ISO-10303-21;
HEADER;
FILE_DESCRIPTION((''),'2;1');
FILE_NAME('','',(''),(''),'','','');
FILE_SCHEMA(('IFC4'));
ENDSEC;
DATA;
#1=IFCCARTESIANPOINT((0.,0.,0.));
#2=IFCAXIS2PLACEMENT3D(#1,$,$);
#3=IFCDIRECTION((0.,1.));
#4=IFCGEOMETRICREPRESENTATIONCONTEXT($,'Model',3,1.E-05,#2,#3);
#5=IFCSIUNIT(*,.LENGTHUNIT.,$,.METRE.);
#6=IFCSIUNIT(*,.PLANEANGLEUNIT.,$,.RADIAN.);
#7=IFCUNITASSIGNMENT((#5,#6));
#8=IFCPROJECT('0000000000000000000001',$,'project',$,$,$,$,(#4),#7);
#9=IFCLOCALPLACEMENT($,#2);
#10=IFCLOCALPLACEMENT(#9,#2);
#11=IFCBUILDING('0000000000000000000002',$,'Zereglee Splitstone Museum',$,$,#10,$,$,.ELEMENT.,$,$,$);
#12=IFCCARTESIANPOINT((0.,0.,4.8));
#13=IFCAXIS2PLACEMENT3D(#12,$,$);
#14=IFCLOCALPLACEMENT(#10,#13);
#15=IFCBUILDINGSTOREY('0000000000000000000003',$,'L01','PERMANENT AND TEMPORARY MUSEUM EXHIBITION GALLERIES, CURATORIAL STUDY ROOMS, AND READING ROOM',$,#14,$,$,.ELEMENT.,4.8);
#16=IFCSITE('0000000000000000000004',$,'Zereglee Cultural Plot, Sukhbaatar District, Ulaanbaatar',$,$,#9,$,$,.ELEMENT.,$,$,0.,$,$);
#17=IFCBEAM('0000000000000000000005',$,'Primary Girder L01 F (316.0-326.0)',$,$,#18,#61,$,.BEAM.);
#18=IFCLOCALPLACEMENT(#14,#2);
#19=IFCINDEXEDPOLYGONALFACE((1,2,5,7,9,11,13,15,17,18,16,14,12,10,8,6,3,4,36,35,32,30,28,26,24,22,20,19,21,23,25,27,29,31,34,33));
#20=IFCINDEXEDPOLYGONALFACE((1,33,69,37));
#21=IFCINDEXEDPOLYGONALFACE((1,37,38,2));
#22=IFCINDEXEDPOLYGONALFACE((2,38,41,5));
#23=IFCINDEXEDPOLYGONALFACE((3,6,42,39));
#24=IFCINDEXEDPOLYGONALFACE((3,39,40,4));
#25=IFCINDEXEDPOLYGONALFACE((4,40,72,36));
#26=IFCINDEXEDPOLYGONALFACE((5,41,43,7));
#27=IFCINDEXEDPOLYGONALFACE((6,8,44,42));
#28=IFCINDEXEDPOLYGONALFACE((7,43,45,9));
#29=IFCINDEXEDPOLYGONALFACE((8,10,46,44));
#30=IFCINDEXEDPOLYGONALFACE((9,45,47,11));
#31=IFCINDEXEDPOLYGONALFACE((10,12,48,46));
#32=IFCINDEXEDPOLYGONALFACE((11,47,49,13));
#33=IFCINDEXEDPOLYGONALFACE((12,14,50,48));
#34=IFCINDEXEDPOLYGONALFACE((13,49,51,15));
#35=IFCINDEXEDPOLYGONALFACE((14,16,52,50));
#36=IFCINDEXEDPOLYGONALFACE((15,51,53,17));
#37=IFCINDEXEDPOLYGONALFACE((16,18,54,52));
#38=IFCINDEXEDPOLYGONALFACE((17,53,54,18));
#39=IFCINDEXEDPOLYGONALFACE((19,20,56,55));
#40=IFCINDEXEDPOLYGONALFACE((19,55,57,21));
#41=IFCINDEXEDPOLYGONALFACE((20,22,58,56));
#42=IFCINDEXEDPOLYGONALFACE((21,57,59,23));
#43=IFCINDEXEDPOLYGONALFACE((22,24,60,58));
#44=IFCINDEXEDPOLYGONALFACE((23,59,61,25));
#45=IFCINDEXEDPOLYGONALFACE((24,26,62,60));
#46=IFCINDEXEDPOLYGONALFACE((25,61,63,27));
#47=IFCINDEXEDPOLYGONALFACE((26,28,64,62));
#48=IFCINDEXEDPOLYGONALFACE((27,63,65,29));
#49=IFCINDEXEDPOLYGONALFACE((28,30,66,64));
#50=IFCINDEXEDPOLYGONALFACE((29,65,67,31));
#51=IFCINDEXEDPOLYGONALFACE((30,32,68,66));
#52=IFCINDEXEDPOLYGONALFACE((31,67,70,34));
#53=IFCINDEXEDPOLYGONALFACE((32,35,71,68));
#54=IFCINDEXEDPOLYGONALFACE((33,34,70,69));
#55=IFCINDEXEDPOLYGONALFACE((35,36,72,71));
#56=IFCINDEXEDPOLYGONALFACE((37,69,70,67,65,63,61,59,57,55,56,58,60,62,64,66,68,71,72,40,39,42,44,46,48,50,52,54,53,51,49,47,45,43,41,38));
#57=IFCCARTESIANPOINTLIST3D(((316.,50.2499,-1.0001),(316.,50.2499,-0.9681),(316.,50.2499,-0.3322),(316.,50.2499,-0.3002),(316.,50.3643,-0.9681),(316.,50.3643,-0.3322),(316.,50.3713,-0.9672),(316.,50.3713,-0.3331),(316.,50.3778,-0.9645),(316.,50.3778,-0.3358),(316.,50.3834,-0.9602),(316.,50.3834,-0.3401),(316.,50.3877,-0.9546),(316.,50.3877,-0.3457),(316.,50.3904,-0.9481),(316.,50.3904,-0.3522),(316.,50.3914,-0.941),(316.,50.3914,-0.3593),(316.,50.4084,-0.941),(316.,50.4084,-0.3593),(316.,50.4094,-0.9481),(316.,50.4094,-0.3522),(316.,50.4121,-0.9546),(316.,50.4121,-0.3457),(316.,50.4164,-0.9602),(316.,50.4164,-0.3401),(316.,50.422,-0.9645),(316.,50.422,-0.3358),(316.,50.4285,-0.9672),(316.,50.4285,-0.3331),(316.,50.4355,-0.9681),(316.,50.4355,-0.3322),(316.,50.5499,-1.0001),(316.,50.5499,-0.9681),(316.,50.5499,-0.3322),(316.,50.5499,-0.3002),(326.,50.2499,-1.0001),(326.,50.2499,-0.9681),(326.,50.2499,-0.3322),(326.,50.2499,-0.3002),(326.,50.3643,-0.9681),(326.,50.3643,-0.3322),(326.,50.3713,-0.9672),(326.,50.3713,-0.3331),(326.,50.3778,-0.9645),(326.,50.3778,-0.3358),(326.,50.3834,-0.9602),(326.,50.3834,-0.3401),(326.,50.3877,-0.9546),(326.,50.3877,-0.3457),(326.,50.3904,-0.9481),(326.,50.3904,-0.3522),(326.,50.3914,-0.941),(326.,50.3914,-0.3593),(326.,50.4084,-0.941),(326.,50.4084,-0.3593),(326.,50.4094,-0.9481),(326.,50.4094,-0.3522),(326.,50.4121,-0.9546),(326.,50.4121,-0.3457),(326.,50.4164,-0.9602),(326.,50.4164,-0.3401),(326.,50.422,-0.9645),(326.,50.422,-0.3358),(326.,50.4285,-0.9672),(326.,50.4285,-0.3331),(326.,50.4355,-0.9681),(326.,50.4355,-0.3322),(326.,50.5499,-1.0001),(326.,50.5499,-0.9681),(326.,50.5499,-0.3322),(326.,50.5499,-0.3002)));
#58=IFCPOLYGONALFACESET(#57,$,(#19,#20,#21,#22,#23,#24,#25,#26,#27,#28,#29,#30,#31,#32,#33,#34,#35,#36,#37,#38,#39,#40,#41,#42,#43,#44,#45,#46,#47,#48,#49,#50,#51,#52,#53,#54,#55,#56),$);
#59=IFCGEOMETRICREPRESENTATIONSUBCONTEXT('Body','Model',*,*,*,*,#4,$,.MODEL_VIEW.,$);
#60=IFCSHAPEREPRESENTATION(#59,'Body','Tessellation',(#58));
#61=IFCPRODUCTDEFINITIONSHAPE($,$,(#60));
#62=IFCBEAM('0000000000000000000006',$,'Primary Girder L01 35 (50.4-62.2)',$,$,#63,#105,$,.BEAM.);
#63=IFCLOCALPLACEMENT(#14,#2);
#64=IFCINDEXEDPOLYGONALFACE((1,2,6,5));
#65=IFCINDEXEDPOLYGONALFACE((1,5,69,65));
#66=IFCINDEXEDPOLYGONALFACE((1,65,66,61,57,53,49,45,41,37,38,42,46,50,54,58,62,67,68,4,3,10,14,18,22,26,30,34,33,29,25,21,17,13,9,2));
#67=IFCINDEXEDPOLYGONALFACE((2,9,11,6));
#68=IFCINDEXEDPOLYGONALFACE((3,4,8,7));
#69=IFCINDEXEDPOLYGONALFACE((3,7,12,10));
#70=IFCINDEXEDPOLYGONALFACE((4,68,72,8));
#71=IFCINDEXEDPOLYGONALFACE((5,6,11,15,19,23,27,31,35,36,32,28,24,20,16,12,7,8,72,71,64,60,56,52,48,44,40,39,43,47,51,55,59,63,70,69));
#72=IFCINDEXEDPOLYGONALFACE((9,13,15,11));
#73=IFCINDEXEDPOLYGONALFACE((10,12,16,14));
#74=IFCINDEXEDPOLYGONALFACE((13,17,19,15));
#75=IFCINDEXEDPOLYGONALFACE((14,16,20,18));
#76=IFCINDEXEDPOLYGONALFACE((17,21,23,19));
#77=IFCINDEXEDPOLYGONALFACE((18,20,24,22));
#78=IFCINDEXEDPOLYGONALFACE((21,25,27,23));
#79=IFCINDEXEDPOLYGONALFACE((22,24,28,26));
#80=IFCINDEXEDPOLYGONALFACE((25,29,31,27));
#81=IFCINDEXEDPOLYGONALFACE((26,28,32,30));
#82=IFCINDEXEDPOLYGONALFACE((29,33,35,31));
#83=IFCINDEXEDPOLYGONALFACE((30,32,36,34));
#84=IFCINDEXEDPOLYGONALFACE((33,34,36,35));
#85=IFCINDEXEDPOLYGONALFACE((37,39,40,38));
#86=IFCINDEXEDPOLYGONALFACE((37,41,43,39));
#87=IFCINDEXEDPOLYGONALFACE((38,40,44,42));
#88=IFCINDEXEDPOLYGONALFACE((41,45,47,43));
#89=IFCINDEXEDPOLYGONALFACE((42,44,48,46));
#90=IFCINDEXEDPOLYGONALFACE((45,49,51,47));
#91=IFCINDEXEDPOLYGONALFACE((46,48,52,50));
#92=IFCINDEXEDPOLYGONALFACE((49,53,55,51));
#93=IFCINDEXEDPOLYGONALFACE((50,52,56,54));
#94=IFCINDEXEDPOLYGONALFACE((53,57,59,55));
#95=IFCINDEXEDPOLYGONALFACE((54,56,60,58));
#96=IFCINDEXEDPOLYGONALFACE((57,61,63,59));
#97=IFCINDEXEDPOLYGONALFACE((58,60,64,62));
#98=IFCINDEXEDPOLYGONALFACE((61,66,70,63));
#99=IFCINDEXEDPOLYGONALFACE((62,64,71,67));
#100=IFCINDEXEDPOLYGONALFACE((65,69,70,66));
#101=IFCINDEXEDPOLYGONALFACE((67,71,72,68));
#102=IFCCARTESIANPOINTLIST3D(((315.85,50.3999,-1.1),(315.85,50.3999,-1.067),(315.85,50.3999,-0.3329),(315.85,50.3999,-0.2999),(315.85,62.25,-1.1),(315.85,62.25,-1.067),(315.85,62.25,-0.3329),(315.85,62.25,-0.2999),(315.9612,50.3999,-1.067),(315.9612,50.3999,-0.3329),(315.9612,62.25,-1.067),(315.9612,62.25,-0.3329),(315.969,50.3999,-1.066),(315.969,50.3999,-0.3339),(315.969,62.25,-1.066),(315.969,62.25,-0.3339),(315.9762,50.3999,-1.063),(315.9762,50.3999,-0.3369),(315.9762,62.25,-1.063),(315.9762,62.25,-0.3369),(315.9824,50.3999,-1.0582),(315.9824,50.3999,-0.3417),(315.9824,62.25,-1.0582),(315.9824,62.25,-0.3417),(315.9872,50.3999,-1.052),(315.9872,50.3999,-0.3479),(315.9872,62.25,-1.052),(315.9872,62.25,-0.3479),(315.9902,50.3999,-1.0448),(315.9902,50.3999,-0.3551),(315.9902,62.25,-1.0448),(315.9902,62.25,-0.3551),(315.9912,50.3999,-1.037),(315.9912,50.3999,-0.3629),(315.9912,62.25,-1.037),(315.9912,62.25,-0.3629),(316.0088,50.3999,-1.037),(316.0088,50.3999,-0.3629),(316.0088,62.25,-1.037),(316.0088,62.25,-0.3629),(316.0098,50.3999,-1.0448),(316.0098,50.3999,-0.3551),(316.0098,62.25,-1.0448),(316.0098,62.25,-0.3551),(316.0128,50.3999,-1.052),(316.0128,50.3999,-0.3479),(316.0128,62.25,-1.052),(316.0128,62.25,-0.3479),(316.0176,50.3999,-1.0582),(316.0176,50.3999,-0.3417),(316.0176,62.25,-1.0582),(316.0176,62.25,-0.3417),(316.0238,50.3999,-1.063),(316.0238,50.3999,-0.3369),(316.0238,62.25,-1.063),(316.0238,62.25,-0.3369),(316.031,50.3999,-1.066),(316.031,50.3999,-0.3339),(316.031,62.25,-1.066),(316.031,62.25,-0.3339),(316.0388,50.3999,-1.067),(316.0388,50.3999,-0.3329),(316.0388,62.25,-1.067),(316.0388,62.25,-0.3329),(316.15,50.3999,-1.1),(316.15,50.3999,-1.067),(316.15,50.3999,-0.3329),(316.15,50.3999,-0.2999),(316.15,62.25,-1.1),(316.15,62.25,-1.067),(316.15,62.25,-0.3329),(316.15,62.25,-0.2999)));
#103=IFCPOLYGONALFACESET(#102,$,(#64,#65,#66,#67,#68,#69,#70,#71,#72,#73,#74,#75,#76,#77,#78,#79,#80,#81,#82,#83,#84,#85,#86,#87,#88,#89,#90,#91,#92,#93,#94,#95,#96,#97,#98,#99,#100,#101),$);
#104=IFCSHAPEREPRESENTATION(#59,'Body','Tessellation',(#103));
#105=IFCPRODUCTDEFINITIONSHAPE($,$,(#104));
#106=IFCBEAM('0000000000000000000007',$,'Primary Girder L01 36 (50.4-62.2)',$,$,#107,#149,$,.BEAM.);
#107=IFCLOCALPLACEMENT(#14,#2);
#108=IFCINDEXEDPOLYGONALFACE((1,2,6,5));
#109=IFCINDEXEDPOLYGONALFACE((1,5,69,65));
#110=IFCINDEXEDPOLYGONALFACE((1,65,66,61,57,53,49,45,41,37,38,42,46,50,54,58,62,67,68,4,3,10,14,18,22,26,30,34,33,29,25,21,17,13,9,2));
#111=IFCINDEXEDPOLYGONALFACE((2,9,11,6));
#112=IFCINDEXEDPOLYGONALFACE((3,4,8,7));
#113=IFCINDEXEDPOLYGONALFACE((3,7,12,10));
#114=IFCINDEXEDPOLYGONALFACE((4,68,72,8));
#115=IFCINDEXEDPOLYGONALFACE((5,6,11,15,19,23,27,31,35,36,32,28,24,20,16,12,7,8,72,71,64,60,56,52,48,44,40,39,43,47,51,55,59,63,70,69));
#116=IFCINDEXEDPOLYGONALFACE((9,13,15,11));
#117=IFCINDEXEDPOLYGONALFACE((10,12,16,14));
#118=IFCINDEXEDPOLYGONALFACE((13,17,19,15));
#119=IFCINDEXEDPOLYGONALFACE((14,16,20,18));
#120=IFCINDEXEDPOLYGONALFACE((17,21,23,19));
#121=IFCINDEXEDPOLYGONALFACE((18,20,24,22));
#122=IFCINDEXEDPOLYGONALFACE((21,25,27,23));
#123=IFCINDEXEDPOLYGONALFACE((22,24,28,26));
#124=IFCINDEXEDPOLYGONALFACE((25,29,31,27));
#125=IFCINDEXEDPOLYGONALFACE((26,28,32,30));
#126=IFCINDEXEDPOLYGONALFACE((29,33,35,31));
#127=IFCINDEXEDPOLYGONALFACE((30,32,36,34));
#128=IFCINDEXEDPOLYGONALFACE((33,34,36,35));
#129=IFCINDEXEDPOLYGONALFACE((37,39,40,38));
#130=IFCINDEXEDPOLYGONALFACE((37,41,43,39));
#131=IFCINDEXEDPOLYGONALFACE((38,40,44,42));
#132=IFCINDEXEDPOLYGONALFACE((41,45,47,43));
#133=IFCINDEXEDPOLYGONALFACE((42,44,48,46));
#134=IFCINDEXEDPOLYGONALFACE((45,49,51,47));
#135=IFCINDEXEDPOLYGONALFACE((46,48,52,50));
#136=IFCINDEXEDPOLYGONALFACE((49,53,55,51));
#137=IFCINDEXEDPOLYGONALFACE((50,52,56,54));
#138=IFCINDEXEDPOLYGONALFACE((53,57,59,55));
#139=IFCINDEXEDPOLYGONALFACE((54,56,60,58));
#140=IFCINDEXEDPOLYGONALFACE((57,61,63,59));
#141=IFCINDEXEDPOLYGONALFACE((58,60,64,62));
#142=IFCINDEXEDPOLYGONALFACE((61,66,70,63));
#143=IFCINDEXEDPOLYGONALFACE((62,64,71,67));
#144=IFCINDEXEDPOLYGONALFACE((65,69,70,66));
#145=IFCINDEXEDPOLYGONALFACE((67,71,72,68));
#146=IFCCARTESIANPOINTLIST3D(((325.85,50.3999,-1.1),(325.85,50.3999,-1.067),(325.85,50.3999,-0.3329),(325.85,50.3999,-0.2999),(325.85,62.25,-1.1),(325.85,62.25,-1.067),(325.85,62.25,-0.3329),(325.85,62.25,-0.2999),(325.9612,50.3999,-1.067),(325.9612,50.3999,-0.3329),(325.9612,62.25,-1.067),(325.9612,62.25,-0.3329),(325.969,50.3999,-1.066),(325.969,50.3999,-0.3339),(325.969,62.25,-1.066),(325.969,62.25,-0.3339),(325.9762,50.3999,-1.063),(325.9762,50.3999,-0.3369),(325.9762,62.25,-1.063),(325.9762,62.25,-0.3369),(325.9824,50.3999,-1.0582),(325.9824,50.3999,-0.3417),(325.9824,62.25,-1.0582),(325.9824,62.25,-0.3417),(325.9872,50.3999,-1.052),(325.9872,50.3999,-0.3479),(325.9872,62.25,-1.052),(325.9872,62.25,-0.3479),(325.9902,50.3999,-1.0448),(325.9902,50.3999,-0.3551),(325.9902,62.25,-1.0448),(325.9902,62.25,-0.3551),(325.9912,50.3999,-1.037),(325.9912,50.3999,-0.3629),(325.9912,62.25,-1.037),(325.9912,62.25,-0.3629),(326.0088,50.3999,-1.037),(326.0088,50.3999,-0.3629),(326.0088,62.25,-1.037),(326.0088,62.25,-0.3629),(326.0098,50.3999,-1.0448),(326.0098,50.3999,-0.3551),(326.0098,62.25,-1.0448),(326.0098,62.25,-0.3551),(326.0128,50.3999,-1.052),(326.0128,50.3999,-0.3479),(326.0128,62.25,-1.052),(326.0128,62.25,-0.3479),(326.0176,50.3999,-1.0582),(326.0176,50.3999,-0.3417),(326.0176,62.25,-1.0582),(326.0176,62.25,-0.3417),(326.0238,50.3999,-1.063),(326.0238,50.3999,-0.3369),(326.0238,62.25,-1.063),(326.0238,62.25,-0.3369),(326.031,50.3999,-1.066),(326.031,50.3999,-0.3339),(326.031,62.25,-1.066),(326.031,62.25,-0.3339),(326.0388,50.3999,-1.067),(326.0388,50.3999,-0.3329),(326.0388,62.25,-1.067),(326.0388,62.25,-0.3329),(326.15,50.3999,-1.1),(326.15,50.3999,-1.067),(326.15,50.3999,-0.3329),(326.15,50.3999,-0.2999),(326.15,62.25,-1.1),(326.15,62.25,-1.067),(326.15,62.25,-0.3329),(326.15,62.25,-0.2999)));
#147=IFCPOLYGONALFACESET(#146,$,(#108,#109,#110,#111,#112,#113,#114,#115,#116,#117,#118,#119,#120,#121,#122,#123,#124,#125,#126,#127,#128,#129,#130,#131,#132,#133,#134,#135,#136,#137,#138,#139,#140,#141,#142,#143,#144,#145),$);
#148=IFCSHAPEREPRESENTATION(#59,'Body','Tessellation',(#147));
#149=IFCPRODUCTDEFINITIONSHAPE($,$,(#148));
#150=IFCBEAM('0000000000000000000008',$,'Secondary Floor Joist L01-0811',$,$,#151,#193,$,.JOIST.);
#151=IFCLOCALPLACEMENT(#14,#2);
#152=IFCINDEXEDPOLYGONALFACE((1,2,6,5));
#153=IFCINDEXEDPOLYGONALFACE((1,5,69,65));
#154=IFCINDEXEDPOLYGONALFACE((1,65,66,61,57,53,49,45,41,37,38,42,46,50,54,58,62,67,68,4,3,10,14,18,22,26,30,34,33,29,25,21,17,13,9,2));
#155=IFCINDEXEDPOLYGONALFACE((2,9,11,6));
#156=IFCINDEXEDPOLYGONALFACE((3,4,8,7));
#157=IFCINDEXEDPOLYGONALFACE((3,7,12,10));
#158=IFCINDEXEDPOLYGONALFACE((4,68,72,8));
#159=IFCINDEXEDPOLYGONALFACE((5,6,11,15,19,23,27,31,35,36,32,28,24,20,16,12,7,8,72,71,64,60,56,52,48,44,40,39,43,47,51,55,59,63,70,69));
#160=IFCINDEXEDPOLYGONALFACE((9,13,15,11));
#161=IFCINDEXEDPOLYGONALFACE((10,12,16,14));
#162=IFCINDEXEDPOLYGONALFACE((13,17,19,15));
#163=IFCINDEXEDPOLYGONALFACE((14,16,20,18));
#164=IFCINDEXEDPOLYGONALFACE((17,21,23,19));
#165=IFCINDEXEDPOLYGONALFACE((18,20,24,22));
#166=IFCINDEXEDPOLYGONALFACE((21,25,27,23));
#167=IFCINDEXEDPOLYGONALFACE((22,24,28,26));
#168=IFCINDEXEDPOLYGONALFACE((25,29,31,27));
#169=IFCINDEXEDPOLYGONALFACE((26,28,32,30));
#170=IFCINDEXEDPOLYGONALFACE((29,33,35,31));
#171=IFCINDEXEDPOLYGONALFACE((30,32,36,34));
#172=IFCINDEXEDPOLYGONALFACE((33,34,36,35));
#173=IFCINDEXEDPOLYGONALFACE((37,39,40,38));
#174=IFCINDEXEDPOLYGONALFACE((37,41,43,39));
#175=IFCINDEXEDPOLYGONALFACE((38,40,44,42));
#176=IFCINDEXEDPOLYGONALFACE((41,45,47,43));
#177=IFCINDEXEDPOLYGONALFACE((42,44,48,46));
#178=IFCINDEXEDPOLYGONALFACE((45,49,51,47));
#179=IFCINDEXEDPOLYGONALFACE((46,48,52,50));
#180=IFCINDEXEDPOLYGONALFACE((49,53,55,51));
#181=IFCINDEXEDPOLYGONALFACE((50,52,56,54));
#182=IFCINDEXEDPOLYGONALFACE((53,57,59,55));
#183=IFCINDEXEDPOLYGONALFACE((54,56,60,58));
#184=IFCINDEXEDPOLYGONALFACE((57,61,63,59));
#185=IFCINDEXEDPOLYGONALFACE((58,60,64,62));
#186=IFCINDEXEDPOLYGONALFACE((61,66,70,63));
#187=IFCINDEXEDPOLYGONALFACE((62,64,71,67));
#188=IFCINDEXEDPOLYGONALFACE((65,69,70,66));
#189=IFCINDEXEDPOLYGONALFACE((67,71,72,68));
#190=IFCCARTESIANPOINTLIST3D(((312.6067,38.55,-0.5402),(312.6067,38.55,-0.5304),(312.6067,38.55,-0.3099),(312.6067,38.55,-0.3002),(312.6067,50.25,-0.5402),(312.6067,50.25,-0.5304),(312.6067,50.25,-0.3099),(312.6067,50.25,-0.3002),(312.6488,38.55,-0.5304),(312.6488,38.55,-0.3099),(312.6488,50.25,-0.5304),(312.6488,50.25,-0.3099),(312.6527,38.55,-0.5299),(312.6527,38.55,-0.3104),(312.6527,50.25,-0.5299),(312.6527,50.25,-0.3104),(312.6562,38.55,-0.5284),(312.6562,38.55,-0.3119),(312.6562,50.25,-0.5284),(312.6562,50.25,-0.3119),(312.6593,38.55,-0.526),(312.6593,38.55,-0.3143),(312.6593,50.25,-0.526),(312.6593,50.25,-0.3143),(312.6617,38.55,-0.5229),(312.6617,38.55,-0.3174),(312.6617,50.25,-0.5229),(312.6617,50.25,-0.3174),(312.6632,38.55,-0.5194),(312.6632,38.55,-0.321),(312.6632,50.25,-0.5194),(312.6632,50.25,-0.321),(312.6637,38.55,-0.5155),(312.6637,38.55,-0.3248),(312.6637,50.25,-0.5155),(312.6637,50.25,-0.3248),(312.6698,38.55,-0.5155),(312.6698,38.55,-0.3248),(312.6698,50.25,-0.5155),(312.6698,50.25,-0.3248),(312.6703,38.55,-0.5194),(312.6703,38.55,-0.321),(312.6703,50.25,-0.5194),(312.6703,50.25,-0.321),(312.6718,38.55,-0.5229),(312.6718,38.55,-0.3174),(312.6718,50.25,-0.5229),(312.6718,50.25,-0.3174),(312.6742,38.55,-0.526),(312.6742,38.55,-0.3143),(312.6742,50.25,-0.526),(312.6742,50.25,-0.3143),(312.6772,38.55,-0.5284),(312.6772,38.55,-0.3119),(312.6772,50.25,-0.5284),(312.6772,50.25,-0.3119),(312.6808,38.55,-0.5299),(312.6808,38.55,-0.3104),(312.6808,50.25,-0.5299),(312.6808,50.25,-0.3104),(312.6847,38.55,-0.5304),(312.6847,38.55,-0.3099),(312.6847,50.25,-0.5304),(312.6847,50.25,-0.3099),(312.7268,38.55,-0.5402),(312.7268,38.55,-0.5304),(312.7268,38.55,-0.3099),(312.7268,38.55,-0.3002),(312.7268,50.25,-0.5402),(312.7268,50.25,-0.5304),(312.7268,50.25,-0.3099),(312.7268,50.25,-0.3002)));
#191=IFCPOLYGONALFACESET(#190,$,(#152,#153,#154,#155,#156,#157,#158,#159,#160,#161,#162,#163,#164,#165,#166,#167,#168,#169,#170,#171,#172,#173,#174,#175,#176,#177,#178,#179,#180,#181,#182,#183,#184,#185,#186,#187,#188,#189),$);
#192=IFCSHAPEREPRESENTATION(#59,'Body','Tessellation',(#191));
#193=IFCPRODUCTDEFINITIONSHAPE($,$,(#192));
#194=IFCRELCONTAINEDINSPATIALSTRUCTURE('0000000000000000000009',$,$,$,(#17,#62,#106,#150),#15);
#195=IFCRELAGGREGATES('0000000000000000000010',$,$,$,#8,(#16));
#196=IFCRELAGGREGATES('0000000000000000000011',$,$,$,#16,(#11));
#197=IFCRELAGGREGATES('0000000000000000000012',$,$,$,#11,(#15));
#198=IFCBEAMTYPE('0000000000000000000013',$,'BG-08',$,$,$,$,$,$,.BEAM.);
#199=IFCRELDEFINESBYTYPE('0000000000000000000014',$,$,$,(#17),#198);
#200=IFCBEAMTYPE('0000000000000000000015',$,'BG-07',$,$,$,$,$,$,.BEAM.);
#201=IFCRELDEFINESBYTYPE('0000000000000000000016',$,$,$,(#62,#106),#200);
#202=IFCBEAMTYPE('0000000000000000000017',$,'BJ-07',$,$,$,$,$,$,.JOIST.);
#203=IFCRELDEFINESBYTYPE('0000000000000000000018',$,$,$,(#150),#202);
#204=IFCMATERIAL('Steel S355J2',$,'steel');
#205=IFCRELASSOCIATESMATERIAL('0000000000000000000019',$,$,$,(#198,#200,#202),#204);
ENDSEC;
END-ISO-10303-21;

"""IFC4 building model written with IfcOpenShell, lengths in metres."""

from ifc_helpers import new_model, si_unit, direction, frame, origin, origin_2d, place, context, subcontext, project, spatial, i_section, extrude, material, material_profile, profile_set, type_object, element, save


model = new_model("IFC4")

# Units and contexts
model_context = context("Model", 3, precision=1e-05, world=origin(), true_north=direction((0.0, 1.0)))
body_context = subcontext(model_context, "Body", "Model", "MODEL_VIEW")
ifc_project = project(units=[si_unit("LENGTHUNIT", "METRE"), si_unit("PLANEANGLEUNIT", "RADIAN")], contexts=[model_context])

# Site, building, storey
site_placement = place(None, origin())
site = spatial("IfcSite", under=ifc_project, at=site_placement, Name="Zereglee Cultural Plot, Sukhbaatar District, Ulaanbaatar", CompositionType="ELEMENT", RefElevation=0.0)
building_placement = place(site_placement, origin())
building = spatial("IfcBuilding", under=site, at=building_placement, Name="Zereglee Splitstone Museum", CompositionType="ELEMENT")
storey_placement = place(building_placement, frame((0.0, 0.0, 4.8)))
storey = spatial("IfcBuildingStorey", under=building, at=storey_placement, Name="L01", Description="PERMANENT AND TEMPORARY MUSEUM EXHIBITION GALLERIES, CURATORIAL STUDY ROOMS, AND READING ROOM", CompositionType="ELEMENT", Elevation=4.8)

# Shared definitions
ifc_material_1 = material(Name="Steel S355J2", Category="steel")

# Beams
ifc_material_profile_1 = material_profile(ifc_material_1, i_section(OverallWidth=0.3, OverallDepth=0.7, WebThickness=0.0171, FlangeThickness=0.032, FilletRadius=0.0271, at=origin_2d()), Name="HE 700 B")
ifc_profile_set_1 = profile_set([ifc_material_profile_1], Name="Steel S355J2")
beam_type_1 = type_object("IfcBeamType", Name="BG-08", PredefinedType="BEAM", material=ifc_profile_set_1)
beam_1_placement = place(storey_placement, frame((316.0, 50.3999, -0.6501), z_axis=(1.0, 0.0, 0.0), x_axis=(0.0, 1.0, 0.0)))
element("IfcBeam", 1, at=beam_1_placement, inside=storey, type_object=beam_type_1, Name="Primary Girder L01 F (316.0-326.0)", PredefinedType="BEAM", context=body_context, shape_type="SweptSolid", body=[
    extrude(i_section(OverallWidth=0.3, OverallDepth=0.7, WebThickness=0.0171, FlangeThickness=0.032, FilletRadius=0.0271, at=origin_2d()), origin(), (0.0, 0.0, 1.0), 10.0),
])
ifc_material_profile_2 = material_profile(ifc_material_1, i_section(OverallWidth=0.3, OverallDepth=0.8, WebThickness=0.0176, FlangeThickness=0.033, FilletRadius=0.03, at=origin_2d()), Name="HE 800 B")
ifc_profile_set_2 = profile_set([ifc_material_profile_2], Name="Steel S355J2")
beam_type_2 = type_object("IfcBeamType", Name="BG-07", PredefinedType="BEAM", material=ifc_profile_set_2)
for number, where, z_axis, x_axis, name in (
    (2, (316.0, 50.3999, -0.7), (0.0, 1.0, 0.0), (-1.0, 0.0, 0.0), "Primary Girder L01 35 (50.4-62.2)"),
    (3, (326.0, 50.3999, -0.7), (0.0, 1.0, 0.0), (-1.0, 0.0, 0.0), "Primary Girder L01 36 (50.4-62.2)"),
):
    element("IfcBeam", number, at=place(storey_placement, frame(where, z_axis=z_axis, x_axis=x_axis)), inside=storey, type_object=beam_type_2, Name=name, PredefinedType="BEAM", context=body_context, shape_type="SweptSolid", body=[
        extrude(i_section(OverallWidth=0.3, OverallDepth=0.8, WebThickness=0.0176, FlangeThickness=0.033, FilletRadius=0.03, at=origin_2d()), origin(), (0.0, 0.0, 1.0), 11.8501),
    ])
ifc_material_profile_3 = material_profile(ifc_material_1, i_section(OverallWidth=0.1201, OverallDepth=0.24, WebThickness=0.0061, FlangeThickness=0.0098, FilletRadius=0.0149, at=origin_2d()), Name="IPE 240")
ifc_profile_set_3 = profile_set([ifc_material_profile_3], Name="Steel S355J2")
beam_type_3 = type_object("IfcBeamType", Name="BJ-07", PredefinedType="JOIST", material=ifc_profile_set_3)
beam_2_placement = place(storey_placement, frame((312.6667, 38.55, -0.4202), z_axis=(0.0, 1.0, 0.0), x_axis=(-1.0, 0.0, 0.0)))
element("IfcBeam", 4, at=beam_2_placement, inside=storey, type_object=beam_type_3, Name="Secondary Floor Joist L01-0811", PredefinedType="JOIST", context=body_context, shape_type="SweptSolid", body=[
    extrude(i_section(OverallWidth=0.1201, OverallDepth=0.24, WebThickness=0.0061, FlangeThickness=0.0098, FilletRadius=0.0149, at=origin_2d()), origin(), (0.0, 0.0, 1.0), 11.7),
])

save(model, "model.ifc")
